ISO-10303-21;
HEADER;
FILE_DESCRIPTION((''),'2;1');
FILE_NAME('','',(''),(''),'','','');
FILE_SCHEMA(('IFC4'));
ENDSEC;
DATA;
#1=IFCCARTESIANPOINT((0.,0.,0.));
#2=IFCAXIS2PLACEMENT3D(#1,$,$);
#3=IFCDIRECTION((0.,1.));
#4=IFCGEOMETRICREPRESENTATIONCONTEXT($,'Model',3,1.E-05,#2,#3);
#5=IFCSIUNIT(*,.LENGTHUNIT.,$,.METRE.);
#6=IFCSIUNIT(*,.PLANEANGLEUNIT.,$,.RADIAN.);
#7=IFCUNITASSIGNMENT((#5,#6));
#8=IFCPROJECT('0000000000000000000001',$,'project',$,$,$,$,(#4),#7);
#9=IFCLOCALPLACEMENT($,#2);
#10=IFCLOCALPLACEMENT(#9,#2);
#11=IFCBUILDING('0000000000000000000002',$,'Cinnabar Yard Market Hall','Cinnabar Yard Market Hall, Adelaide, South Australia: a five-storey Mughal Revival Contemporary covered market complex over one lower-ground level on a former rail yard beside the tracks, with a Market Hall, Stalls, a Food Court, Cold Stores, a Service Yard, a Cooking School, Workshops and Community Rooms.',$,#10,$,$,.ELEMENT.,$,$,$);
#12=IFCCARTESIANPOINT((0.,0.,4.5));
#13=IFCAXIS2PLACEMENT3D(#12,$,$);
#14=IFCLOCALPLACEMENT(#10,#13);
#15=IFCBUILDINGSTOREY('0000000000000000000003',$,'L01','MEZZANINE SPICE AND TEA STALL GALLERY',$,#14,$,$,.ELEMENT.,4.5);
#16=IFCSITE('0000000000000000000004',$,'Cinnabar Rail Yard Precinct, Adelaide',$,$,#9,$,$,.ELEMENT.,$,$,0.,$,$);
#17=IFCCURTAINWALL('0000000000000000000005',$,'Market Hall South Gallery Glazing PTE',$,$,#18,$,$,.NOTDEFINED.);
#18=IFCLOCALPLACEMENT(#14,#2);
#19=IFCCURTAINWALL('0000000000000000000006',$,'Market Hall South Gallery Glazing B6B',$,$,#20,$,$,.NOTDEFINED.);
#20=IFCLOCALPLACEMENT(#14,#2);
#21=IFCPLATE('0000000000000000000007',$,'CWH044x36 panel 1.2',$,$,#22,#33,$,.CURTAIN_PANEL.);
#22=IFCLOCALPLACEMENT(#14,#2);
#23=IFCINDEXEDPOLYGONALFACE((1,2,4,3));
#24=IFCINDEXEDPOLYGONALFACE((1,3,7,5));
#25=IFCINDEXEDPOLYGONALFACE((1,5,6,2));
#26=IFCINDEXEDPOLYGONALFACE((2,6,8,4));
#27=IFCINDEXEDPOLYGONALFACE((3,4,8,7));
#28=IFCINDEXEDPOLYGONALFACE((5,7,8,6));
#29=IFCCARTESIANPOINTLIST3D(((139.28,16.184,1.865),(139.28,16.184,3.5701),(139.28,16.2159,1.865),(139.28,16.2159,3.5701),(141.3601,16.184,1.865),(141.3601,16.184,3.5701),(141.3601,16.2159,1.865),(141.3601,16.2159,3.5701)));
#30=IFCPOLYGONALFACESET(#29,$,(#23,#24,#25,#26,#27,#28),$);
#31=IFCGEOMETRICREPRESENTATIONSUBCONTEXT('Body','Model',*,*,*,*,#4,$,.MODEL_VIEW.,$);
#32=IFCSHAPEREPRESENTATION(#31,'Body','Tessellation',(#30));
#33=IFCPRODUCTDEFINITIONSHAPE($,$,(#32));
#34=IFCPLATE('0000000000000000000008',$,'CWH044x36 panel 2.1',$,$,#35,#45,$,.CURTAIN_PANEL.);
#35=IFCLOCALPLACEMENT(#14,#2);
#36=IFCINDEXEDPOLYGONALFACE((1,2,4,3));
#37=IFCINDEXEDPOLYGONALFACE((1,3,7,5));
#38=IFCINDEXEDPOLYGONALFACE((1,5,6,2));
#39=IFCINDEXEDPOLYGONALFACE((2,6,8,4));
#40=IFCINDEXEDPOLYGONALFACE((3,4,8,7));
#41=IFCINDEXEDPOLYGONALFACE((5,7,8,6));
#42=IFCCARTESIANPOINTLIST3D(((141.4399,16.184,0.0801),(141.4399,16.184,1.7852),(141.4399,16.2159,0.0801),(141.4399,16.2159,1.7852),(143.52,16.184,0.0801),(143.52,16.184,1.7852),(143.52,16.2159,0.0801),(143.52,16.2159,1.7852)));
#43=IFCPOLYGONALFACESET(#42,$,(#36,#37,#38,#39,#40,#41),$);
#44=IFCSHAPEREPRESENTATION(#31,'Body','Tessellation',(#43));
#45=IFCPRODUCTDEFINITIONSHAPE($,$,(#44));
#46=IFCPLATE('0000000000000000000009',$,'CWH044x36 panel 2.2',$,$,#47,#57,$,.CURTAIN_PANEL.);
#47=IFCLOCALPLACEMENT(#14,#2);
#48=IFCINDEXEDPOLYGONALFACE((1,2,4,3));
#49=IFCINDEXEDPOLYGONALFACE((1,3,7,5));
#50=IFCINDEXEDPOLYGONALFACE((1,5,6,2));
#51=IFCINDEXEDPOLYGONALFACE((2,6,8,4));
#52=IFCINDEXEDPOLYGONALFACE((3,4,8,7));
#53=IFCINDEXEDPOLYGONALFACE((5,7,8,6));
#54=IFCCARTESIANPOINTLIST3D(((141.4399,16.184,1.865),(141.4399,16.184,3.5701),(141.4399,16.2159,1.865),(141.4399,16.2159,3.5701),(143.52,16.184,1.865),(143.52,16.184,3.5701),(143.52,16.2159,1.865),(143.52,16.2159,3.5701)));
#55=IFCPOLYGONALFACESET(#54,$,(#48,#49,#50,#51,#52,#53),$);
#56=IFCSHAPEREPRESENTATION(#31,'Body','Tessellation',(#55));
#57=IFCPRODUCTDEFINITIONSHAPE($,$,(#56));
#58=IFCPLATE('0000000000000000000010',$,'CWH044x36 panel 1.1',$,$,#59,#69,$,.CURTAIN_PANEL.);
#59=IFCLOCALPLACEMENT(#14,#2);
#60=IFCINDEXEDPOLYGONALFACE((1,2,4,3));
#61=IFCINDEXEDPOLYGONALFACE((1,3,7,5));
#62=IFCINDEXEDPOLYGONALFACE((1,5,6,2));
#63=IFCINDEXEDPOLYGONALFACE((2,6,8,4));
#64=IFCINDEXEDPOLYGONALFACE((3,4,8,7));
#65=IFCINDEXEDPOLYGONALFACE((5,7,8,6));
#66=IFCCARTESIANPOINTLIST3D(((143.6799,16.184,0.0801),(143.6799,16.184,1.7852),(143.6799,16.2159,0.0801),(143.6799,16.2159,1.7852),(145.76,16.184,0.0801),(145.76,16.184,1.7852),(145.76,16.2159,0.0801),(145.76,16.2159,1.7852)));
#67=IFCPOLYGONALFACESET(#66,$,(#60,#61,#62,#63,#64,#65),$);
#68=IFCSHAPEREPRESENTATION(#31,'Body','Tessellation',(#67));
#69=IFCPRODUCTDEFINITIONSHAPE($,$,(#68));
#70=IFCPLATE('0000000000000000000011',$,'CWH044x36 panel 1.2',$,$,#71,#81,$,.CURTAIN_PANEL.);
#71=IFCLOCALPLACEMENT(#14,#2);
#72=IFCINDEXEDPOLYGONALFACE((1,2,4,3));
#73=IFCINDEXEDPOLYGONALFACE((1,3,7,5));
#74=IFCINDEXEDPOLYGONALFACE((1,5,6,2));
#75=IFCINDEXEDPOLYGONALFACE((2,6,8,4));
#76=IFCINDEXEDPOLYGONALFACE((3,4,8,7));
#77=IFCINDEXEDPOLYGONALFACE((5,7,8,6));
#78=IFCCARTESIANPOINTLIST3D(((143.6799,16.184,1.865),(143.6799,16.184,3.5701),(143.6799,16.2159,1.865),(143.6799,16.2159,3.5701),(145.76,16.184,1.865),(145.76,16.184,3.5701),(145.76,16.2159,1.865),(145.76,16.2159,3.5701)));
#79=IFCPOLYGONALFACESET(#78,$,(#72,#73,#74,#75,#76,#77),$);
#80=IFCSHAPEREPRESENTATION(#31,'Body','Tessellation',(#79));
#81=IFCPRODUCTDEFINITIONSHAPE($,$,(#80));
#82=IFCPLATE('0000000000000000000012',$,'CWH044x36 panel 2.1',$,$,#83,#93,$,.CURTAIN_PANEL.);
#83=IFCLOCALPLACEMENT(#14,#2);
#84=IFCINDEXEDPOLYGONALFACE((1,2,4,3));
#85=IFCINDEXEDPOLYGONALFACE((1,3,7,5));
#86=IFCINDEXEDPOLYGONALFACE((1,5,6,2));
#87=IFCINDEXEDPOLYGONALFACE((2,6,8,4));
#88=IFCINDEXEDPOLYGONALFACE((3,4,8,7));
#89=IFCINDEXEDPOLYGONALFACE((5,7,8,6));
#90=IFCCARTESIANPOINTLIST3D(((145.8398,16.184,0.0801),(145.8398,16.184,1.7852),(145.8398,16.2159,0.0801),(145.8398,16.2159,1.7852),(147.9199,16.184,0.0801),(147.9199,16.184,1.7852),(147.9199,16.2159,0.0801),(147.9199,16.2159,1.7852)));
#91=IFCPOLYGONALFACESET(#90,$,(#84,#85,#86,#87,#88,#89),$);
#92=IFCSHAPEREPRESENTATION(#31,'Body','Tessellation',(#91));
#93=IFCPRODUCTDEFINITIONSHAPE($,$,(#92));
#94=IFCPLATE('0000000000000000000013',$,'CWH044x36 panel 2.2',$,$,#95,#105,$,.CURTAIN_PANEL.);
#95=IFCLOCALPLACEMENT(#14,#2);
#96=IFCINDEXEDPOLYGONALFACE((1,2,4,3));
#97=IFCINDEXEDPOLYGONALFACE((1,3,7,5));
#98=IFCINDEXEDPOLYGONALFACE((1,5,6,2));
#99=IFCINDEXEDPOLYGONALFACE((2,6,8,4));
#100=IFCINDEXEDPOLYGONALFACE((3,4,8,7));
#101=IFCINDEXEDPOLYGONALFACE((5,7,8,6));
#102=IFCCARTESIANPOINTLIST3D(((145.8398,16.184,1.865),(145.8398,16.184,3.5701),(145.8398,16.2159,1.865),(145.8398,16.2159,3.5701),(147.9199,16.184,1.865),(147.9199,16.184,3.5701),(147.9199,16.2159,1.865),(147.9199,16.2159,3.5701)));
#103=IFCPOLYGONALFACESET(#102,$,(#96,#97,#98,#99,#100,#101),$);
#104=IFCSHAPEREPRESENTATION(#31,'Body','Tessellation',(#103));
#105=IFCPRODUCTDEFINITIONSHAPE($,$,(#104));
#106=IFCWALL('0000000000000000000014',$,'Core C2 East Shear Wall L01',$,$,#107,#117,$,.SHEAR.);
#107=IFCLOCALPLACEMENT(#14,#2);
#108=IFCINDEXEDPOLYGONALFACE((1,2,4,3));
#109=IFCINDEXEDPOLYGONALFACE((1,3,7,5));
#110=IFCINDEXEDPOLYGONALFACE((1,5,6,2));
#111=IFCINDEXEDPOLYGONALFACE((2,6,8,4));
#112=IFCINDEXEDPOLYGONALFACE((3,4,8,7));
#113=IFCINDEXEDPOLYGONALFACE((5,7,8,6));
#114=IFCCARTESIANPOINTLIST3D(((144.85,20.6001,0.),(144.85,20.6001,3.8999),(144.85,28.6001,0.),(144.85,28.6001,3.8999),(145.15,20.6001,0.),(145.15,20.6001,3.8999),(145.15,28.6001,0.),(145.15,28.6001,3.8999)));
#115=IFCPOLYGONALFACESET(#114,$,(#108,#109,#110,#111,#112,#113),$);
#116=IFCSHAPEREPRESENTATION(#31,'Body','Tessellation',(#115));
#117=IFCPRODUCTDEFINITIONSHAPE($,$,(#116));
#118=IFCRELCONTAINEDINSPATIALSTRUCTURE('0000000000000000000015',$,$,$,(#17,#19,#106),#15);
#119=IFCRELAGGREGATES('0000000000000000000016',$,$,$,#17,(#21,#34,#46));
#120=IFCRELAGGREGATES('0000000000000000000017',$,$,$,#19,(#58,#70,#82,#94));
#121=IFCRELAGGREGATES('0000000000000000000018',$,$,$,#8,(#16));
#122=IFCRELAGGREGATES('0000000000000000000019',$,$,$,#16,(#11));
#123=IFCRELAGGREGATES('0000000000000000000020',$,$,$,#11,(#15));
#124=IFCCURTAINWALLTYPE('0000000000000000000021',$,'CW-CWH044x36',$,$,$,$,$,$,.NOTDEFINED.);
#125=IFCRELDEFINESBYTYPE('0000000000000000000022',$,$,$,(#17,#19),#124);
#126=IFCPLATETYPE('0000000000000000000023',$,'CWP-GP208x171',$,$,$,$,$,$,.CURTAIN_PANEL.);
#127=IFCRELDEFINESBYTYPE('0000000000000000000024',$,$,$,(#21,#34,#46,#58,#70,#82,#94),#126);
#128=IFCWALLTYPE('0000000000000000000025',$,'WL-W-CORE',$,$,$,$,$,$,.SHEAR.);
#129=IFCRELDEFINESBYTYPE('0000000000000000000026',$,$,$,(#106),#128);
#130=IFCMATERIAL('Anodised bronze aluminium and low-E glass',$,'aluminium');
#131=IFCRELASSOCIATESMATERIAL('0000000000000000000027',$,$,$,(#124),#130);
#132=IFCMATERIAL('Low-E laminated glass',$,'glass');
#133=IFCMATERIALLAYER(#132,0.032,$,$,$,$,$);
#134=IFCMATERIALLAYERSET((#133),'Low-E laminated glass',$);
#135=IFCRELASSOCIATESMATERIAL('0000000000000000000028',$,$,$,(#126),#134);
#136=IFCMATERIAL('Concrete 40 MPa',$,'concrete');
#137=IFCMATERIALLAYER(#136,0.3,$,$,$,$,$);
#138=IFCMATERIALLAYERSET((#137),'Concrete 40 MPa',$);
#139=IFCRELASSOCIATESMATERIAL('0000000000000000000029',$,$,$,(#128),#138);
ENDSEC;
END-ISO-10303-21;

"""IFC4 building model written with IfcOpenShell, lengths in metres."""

from ifc_helpers import new_model, si_unit, direction, frame, frame_2d, origin, origin_2d_with_axis, place, context, subcontext, project, spatial, rectangle, extrude, material, layer, layer_set, type_object, element, aggregate, save


model = new_model("IFC4")

# Units and contexts
model_context = context("Model", 3, precision=1e-05, world=origin(), true_north=direction((0.0, 1.0)))
body_context = subcontext(model_context, "Body", "Model", "MODEL_VIEW")
ifc_project = project(units=[si_unit("LENGTHUNIT", "METRE"), si_unit("PLANEANGLEUNIT", "RADIAN")], contexts=[model_context])

# Site, building, storey
site_placement = place(None, origin())
site = spatial("IfcSite", under=ifc_project, at=site_placement, Name="Cinnabar Rail Yard Precinct, Adelaide", CompositionType="ELEMENT", RefElevation=0.0)
building_placement = place(site_placement, origin())
building = spatial("IfcBuilding", under=site, at=building_placement, Name="Cinnabar Yard Market Hall", Description="Cinnabar Yard Market Hall, Adelaide, South Australia: a five-storey Mughal Revival Contemporary covered market complex over one lower-ground level on a former rail yard beside the tracks, with a Market Hall, Stalls, a Food Court, Cold Stores, a Service Yard, a Cooking School, Workshops and Community Rooms.", CompositionType="ELEMENT")
storey_placement = place(building_placement, frame((0.0, 0.0, 4.5)))
storey = spatial("IfcBuildingStorey", under=building, at=storey_placement, Name="L01", Description="MEZZANINE SPICE AND TEA STALL GALLERY", CompositionType="ELEMENT", Elevation=4.5)

# Shared definitions
ifc_material_1 = material(Name="Anodised bronze aluminium and low-E glass", Category="aluminium")

# Curtain walls
curtain_wall_type_1 = type_object("IfcCurtainWallType", Name="CW-CWH044x36", PredefinedType="NOTDEFINED", material=ifc_material_1)
curtain_wall_1_placement = place(storey_placement, origin())
curtain_wall_1 = element("IfcCurtainWall", 1, at=curtain_wall_1_placement, inside=storey, type_object=curtain_wall_type_1, Name="Market Hall South Gallery Glazing PTE", PredefinedType="NOTDEFINED")
curtain_wall_2_placement = place(storey_placement, origin())
curtain_wall_2 = element("IfcCurtainWall", 2, at=curtain_wall_2_placement, inside=storey, type_object=curtain_wall_type_1, Name="Market Hall South Gallery Glazing B6B", PredefinedType="NOTDEFINED")

# Plates
ifc_material_2 = material(Name="Low-E laminated glass", Category="glass")
ifc_layer_1 = layer(ifc_material_2, 0.032)
ifc_layer_set_1 = layer_set([ifc_layer_1], Name="Low-E laminated glass")
plate_type_1 = type_object("IfcPlateType", Name="CWP-GP208x171", PredefinedType="CURTAIN_PANEL", material=ifc_layer_set_1)
plate_1_placement = place(storey_placement, frame((140.3201, 16.2, 1.865), z_axis=(0.0, 0.0, 1.0), x_axis=(1.0, 0.0, 0.0)))
plate_1 = element("IfcPlate", 3, at=plate_1_placement, type_object=plate_type_1, Name="CWH044x36 panel 1.2", PredefinedType="CURTAIN_PANEL", context=body_context, shape_type="SweptSolid", body=[
    extrude(rectangle(XDim=2.0801, YDim=0.032, at=origin_2d_with_axis()), origin(), (0.0, 0.0, 1.0), 1.7051),
])
plate_2_placement = place(storey_placement, frame((142.48, 16.2, 0.0801), z_axis=(0.0, 0.0, 1.0), x_axis=(1.0, 0.0, 0.0)))
plate_2 = element("IfcPlate", 4, at=plate_2_placement, type_object=plate_type_1, Name="CWH044x36 panel 2.1", PredefinedType="CURTAIN_PANEL", context=body_context, shape_type="SweptSolid", body=[
    extrude(rectangle(XDim=2.0801, YDim=0.032, at=origin_2d_with_axis()), origin(), (0.0, 0.0, 1.0), 1.7051),
])
plate_3_placement = place(storey_placement, frame((142.48, 16.2, 1.865), z_axis=(0.0, 0.0, 1.0), x_axis=(1.0, 0.0, 0.0)))
plate_3 = element("IfcPlate", 5, at=plate_3_placement, type_object=plate_type_1, Name="CWH044x36 panel 2.2", PredefinedType="CURTAIN_PANEL", context=body_context, shape_type="SweptSolid", body=[
    extrude(rectangle(XDim=2.0801, YDim=0.032, at=origin_2d_with_axis()), origin(), (0.0, 0.0, 1.0), 1.7051),
])
aggregate(curtain_wall_1, [plate_1, plate_2, plate_3])
plate_4_placement = place(storey_placement, frame((144.72, 16.2, 0.0801), z_axis=(0.0, 0.0, 1.0), x_axis=(1.0, 0.0, 0.0)))
plate_4 = element("IfcPlate", 6, at=plate_4_placement, type_object=plate_type_1, Name="CWH044x36 panel 1.1", PredefinedType="CURTAIN_PANEL", context=body_context, shape_type="SweptSolid", body=[
    extrude(rectangle(XDim=2.0801, YDim=0.032, at=origin_2d_with_axis()), origin(), (0.0, 0.0, 1.0), 1.7051),
])
plate_5_placement = place(storey_placement, frame((144.72, 16.2, 1.865), z_axis=(0.0, 0.0, 1.0), x_axis=(1.0, 0.0, 0.0)))
plate_5 = element("IfcPlate", 7, at=plate_5_placement, type_object=plate_type_1, Name="CWH044x36 panel 1.2", PredefinedType="CURTAIN_PANEL", context=body_context, shape_type="SweptSolid", body=[
    extrude(rectangle(XDim=2.0801, YDim=0.032, at=origin_2d_with_axis()), origin(), (0.0, 0.0, 1.0), 1.7051),
])
plate_6_placement = place(storey_placement, frame((146.8799, 16.2, 0.0801), z_axis=(0.0, 0.0, 1.0), x_axis=(1.0, 0.0, 0.0)))
plate_6 = element("IfcPlate", 8, at=plate_6_placement, type_object=plate_type_1, Name="CWH044x36 panel 2.1", PredefinedType="CURTAIN_PANEL", context=body_context, shape_type="SweptSolid", body=[
    extrude(rectangle(XDim=2.0801, YDim=0.032, at=origin_2d_with_axis()), origin(), (0.0, 0.0, 1.0), 1.7051),
])
plate_7_placement = place(storey_placement, frame((146.8799, 16.2, 1.865), z_axis=(0.0, 0.0, 1.0), x_axis=(1.0, 0.0, 0.0)))
plate_7 = element("IfcPlate", 9, at=plate_7_placement, type_object=plate_type_1, Name="CWH044x36 panel 2.2", PredefinedType="CURTAIN_PANEL", context=body_context, shape_type="SweptSolid", body=[
    extrude(rectangle(XDim=2.0801, YDim=0.032, at=origin_2d_with_axis()), origin(), (0.0, 0.0, 1.0), 1.7051),
])
aggregate(curtain_wall_2, [plate_4, plate_5, plate_6, plate_7])

# Wall
ifc_material_3 = material(Name="Concrete 40 MPa", Category="concrete")
ifc_layer_2 = layer(ifc_material_3, 0.3)
ifc_layer_set_2 = layer_set([ifc_layer_2], Name="Concrete 40 MPa")
wall_type = type_object("IfcWallType", Name="WL-W-CORE", PredefinedType="SHEAR", material=ifc_layer_set_2)
wall_placement = place(storey_placement, frame((145.0, 20.6001, 0.0), z_axis=(0.0, 0.0, 1.0), x_axis=(0.0, 1.0, 0.0)))
element("IfcWall", 10, at=wall_placement, inside=storey, type_object=wall_type, Name="Core C2 East Shear Wall L01", PredefinedType="SHEAR", context=body_context, shape_type="SweptSolid", body=[
    extrude(rectangle(XDim=8.0, YDim=0.3, at=frame_2d((4.0, 0.0), x_axis=(1.0, 0.0))), origin(), (0.0, 0.0, 1.0), 3.8999),
])

save(model, "model.ifc")
